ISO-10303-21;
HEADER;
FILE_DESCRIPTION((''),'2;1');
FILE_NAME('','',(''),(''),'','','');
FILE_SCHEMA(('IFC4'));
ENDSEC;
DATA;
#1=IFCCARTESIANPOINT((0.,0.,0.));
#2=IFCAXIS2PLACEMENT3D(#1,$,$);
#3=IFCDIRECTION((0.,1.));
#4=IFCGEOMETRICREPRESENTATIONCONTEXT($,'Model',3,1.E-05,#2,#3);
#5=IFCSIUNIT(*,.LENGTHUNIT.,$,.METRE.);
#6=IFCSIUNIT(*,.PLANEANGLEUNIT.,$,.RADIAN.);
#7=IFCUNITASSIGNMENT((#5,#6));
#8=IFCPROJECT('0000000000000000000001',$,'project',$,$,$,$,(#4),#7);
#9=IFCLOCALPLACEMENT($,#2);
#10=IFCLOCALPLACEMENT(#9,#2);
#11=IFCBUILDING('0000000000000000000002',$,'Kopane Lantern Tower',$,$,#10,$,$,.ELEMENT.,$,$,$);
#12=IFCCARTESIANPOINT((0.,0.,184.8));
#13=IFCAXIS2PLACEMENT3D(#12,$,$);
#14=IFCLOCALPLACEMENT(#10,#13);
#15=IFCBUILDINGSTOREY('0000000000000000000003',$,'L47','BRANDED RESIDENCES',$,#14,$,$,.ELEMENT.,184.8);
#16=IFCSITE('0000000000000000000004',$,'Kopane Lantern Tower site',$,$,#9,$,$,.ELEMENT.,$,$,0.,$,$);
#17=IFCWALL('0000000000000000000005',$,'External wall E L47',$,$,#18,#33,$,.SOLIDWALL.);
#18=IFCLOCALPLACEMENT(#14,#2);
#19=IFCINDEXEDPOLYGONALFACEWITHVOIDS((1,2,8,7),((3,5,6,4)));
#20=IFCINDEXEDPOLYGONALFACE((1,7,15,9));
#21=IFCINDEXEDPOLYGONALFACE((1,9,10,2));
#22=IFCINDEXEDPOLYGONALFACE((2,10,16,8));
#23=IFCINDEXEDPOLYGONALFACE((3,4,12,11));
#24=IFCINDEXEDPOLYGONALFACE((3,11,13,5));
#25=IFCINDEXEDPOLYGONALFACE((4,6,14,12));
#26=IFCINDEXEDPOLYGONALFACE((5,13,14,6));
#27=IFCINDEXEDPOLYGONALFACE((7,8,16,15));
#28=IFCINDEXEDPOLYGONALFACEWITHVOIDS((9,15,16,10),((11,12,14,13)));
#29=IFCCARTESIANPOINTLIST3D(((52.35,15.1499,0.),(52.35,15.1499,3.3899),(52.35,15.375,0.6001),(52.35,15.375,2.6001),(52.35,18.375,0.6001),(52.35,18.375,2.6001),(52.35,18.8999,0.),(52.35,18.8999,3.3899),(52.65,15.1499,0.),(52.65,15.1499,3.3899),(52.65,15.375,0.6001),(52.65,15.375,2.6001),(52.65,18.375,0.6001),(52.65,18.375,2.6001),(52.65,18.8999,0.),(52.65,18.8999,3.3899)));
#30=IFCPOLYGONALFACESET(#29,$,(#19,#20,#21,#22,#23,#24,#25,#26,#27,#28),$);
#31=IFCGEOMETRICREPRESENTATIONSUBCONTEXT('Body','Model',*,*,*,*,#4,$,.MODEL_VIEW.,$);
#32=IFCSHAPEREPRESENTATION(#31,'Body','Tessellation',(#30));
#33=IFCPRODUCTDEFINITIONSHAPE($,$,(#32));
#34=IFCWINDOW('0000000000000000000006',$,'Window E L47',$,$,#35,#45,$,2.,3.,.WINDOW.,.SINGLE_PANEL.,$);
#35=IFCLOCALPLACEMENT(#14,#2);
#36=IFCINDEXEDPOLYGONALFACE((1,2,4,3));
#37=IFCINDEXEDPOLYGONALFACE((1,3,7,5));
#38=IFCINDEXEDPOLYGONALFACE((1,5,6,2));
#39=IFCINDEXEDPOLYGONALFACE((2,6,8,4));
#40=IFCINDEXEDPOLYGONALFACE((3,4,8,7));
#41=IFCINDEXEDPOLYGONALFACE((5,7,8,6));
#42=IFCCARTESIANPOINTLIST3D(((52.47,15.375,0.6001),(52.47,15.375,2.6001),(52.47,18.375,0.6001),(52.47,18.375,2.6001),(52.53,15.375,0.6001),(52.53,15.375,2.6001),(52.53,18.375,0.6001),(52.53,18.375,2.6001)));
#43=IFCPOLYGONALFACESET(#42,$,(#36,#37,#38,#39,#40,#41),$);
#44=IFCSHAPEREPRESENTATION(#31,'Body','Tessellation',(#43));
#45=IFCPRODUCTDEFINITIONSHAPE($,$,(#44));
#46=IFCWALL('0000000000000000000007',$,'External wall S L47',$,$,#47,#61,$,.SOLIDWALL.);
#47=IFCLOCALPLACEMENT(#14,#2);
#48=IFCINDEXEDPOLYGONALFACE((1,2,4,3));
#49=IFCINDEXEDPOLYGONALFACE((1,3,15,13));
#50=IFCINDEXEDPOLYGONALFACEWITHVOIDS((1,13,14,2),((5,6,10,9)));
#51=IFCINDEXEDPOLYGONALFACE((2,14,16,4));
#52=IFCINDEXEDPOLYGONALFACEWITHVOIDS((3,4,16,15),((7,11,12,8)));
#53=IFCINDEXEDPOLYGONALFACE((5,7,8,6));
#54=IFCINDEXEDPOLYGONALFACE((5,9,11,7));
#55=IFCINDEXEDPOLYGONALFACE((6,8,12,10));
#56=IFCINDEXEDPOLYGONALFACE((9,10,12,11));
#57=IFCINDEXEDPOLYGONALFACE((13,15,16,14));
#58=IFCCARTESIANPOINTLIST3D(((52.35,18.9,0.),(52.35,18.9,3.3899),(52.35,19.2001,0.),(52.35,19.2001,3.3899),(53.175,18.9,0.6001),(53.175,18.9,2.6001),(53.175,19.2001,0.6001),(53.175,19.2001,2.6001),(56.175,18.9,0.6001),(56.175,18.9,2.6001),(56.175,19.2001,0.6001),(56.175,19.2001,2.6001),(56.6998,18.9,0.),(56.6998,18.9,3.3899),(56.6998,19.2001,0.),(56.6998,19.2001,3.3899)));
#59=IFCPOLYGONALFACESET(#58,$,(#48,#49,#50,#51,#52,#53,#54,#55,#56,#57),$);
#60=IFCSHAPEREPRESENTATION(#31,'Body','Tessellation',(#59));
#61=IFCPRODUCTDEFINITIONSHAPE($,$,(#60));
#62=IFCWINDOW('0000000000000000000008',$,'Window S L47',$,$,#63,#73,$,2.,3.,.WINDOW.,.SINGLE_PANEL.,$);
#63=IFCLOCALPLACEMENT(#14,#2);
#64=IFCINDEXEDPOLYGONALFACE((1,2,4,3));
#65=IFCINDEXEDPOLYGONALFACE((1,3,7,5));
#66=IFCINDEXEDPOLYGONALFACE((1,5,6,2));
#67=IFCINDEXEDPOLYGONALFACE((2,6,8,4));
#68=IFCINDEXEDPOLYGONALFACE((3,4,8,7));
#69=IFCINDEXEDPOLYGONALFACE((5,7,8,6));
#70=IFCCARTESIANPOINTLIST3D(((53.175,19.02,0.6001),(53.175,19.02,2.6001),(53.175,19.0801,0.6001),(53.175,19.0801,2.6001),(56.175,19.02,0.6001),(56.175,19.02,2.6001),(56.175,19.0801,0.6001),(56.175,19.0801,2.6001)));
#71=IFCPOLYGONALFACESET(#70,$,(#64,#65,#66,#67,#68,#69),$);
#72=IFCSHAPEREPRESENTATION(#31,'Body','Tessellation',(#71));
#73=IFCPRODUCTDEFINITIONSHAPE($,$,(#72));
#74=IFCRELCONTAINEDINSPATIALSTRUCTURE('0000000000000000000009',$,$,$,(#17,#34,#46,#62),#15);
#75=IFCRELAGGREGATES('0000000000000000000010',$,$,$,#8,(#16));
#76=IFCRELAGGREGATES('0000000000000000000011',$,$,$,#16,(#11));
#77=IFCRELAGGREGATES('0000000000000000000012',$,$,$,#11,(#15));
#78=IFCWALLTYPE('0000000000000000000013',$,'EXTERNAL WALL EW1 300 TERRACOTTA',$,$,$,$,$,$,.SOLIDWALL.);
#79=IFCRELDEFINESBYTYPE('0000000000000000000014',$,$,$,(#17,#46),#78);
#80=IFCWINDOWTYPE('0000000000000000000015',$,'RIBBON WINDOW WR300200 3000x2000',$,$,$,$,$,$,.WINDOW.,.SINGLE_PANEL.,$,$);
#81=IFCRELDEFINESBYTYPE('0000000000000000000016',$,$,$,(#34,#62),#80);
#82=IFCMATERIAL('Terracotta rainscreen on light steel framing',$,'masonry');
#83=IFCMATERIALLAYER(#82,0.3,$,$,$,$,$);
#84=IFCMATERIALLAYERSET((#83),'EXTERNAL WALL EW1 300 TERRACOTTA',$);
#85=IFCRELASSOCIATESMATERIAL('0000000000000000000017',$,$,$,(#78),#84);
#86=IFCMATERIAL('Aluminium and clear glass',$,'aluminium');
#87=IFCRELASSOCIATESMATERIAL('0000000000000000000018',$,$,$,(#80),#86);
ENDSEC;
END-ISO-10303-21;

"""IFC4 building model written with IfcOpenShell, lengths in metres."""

from ifc_helpers import new_model, si_unit, direction, frame, frame_2d, origin, place, context, subcontext, project, spatial, rectangle, extrude, material, layer, layer_set, type_object, element, fill, save


model = new_model("IFC4")

# Units and contexts
model_context = context("Model", 3, precision=1e-05, world=origin(), true_north=direction((0.0, 1.0)))
body_context = subcontext(model_context, "Body", "Model", "MODEL_VIEW")
ifc_project = project(units=[si_unit("LENGTHUNIT", "METRE"), si_unit("PLANEANGLEUNIT", "RADIAN")], contexts=[model_context])

# Site, building, storey
site_placement = place(None, origin())
site = spatial("IfcSite", under=ifc_project, at=site_placement, Name="Kopane Lantern Tower site", CompositionType="ELEMENT", RefElevation=0.0)
building_placement = place(site_placement, origin())
building = spatial("IfcBuilding", under=site, at=building_placement, Name="Kopane Lantern Tower", CompositionType="ELEMENT")
storey_placement = place(building_placement, frame((0.0, 0.0, 184.8)))
storey = spatial("IfcBuildingStorey", under=building, at=storey_placement, Name="L47", Description="BRANDED RESIDENCES", CompositionType="ELEMENT", Elevation=184.8)

# Walls, openings, windows
ifc_material_1 = material(Name="Terracotta rainscreen on light steel framing", Category="masonry")
ifc_layer = layer(ifc_material_1, 0.3)
ifc_layer_set = layer_set([ifc_layer], Name="EXTERNAL WALL EW1 300 TERRACOTTA")
wall_type = type_object("IfcWallType", Name="EXTERNAL WALL EW1 300 TERRACOTTA", PredefinedType="SOLIDWALL", material=ifc_layer_set)
wall_1_placement = place(storey_placement, frame((52.5, 15.1499, 0.0), z_axis=(0.0, 0.0, 1.0), x_axis=(0.0, 1.0, 0.0)))
wall_1 = element("IfcWall", 1, at=wall_1_placement, inside=storey, type_object=wall_type, Name="External wall E L47", PredefinedType="SOLIDWALL", context=body_context, shape_type="SweptSolid", body=[
    extrude(rectangle(XDim=3.75, YDim=0.3, at=frame_2d((1.875, 0.0))), origin(), (0.0, 0.0, 1.0), 3.3899),
])
opening_1_placement = place(wall_1_placement, frame((0.2251, 0.0, 0.6001)))
opening_1 = element("IfcOpeningElement", 2, at=opening_1_placement, cuts=wall_1, PredefinedType="OPENING", context=body_context, shape_type="SweptSolid", body=[
    extrude(rectangle(XDim=3.0, YDim=2.0, at=frame_2d((1.5, 1.0))), frame((0.0, 0.1599, 0.0), z_axis=(0.0, -1.0, 0.0), x_axis=(1.0, 0.0, 0.0)), (0.0, 0.0, 1.0), 0.3201),
])
ifc_material_2 = material(Name="Aluminium and clear glass", Category="aluminium")
window_type = type_object("IfcWindowType", Name="RIBBON WINDOW WR300200 3000x2000", PartitioningType="SINGLE_PANEL", PredefinedType="WINDOW", material=ifc_material_2)
window_1_placement = place(opening_1_placement, origin())
window_1 = element("IfcWindow", 3, at=window_1_placement, inside=storey, type_object=window_type, Name="Window E L47", OverallHeight=2.0, OverallWidth=3.0, PartitioningType="SINGLE_PANEL", PredefinedType="WINDOW", context=body_context, shape_type="SweptSolid", body=[
    extrude(rectangle(XDim=3.0, YDim=2.0, at=frame_2d((1.5, 1.0))), frame((0.0, 0.03, 0.0), z_axis=(0.0, -1.0, 0.0), x_axis=(1.0, 0.0, 0.0)), (0.0, 0.0, 1.0), 0.0601),
])
fill(opening_1, window_1)
wall_2_placement = place(storey_placement, frame((52.3501, 19.05, 0.0), z_axis=(0.0, 0.0, 1.0), x_axis=(1.0, 0.0, 0.0)))
wall_2 = element("IfcWall", 4, at=wall_2_placement, inside=storey, type_object=wall_type, Name="External wall S L47", PredefinedType="SOLIDWALL", context=body_context, shape_type="SweptSolid", body=[
    extrude(rectangle(XDim=4.3499, YDim=0.3, at=frame_2d((2.1748, 0.0))), origin(), (0.0, 0.0, 1.0), 3.3899),
])
opening_2_placement = place(wall_2_placement, frame((0.825, 0.0, 0.6001)))
opening_2 = element("IfcOpeningElement", 5, at=opening_2_placement, cuts=wall_2, PredefinedType="OPENING", context=body_context, shape_type="SweptSolid", body=[
    extrude(rectangle(XDim=3.0, YDim=2.0, at=frame_2d((1.5, 1.0))), frame((0.0, 0.1599, 0.0), z_axis=(0.0, -1.0, 0.0), x_axis=(1.0, 0.0, 0.0)), (0.0, 0.0, 1.0), 0.3201),
])
window_2_placement = place(opening_2_placement, origin())
window_2 = element("IfcWindow", 6, at=window_2_placement, inside=storey, type_object=window_type, Name="Window S L47", OverallHeight=2.0, OverallWidth=3.0, PartitioningType="SINGLE_PANEL", PredefinedType="WINDOW", context=body_context, shape_type="SweptSolid", body=[
    extrude(rectangle(XDim=3.0, YDim=2.0, at=frame_2d((1.5, 1.0))), frame((0.0, 0.03, 0.0), z_axis=(0.0, -1.0, 0.0), x_axis=(1.0, 0.0, 0.0)), (0.0, 0.0, 1.0), 0.0601),
])
fill(opening_2, window_2)

save(model, "model.ifc")
